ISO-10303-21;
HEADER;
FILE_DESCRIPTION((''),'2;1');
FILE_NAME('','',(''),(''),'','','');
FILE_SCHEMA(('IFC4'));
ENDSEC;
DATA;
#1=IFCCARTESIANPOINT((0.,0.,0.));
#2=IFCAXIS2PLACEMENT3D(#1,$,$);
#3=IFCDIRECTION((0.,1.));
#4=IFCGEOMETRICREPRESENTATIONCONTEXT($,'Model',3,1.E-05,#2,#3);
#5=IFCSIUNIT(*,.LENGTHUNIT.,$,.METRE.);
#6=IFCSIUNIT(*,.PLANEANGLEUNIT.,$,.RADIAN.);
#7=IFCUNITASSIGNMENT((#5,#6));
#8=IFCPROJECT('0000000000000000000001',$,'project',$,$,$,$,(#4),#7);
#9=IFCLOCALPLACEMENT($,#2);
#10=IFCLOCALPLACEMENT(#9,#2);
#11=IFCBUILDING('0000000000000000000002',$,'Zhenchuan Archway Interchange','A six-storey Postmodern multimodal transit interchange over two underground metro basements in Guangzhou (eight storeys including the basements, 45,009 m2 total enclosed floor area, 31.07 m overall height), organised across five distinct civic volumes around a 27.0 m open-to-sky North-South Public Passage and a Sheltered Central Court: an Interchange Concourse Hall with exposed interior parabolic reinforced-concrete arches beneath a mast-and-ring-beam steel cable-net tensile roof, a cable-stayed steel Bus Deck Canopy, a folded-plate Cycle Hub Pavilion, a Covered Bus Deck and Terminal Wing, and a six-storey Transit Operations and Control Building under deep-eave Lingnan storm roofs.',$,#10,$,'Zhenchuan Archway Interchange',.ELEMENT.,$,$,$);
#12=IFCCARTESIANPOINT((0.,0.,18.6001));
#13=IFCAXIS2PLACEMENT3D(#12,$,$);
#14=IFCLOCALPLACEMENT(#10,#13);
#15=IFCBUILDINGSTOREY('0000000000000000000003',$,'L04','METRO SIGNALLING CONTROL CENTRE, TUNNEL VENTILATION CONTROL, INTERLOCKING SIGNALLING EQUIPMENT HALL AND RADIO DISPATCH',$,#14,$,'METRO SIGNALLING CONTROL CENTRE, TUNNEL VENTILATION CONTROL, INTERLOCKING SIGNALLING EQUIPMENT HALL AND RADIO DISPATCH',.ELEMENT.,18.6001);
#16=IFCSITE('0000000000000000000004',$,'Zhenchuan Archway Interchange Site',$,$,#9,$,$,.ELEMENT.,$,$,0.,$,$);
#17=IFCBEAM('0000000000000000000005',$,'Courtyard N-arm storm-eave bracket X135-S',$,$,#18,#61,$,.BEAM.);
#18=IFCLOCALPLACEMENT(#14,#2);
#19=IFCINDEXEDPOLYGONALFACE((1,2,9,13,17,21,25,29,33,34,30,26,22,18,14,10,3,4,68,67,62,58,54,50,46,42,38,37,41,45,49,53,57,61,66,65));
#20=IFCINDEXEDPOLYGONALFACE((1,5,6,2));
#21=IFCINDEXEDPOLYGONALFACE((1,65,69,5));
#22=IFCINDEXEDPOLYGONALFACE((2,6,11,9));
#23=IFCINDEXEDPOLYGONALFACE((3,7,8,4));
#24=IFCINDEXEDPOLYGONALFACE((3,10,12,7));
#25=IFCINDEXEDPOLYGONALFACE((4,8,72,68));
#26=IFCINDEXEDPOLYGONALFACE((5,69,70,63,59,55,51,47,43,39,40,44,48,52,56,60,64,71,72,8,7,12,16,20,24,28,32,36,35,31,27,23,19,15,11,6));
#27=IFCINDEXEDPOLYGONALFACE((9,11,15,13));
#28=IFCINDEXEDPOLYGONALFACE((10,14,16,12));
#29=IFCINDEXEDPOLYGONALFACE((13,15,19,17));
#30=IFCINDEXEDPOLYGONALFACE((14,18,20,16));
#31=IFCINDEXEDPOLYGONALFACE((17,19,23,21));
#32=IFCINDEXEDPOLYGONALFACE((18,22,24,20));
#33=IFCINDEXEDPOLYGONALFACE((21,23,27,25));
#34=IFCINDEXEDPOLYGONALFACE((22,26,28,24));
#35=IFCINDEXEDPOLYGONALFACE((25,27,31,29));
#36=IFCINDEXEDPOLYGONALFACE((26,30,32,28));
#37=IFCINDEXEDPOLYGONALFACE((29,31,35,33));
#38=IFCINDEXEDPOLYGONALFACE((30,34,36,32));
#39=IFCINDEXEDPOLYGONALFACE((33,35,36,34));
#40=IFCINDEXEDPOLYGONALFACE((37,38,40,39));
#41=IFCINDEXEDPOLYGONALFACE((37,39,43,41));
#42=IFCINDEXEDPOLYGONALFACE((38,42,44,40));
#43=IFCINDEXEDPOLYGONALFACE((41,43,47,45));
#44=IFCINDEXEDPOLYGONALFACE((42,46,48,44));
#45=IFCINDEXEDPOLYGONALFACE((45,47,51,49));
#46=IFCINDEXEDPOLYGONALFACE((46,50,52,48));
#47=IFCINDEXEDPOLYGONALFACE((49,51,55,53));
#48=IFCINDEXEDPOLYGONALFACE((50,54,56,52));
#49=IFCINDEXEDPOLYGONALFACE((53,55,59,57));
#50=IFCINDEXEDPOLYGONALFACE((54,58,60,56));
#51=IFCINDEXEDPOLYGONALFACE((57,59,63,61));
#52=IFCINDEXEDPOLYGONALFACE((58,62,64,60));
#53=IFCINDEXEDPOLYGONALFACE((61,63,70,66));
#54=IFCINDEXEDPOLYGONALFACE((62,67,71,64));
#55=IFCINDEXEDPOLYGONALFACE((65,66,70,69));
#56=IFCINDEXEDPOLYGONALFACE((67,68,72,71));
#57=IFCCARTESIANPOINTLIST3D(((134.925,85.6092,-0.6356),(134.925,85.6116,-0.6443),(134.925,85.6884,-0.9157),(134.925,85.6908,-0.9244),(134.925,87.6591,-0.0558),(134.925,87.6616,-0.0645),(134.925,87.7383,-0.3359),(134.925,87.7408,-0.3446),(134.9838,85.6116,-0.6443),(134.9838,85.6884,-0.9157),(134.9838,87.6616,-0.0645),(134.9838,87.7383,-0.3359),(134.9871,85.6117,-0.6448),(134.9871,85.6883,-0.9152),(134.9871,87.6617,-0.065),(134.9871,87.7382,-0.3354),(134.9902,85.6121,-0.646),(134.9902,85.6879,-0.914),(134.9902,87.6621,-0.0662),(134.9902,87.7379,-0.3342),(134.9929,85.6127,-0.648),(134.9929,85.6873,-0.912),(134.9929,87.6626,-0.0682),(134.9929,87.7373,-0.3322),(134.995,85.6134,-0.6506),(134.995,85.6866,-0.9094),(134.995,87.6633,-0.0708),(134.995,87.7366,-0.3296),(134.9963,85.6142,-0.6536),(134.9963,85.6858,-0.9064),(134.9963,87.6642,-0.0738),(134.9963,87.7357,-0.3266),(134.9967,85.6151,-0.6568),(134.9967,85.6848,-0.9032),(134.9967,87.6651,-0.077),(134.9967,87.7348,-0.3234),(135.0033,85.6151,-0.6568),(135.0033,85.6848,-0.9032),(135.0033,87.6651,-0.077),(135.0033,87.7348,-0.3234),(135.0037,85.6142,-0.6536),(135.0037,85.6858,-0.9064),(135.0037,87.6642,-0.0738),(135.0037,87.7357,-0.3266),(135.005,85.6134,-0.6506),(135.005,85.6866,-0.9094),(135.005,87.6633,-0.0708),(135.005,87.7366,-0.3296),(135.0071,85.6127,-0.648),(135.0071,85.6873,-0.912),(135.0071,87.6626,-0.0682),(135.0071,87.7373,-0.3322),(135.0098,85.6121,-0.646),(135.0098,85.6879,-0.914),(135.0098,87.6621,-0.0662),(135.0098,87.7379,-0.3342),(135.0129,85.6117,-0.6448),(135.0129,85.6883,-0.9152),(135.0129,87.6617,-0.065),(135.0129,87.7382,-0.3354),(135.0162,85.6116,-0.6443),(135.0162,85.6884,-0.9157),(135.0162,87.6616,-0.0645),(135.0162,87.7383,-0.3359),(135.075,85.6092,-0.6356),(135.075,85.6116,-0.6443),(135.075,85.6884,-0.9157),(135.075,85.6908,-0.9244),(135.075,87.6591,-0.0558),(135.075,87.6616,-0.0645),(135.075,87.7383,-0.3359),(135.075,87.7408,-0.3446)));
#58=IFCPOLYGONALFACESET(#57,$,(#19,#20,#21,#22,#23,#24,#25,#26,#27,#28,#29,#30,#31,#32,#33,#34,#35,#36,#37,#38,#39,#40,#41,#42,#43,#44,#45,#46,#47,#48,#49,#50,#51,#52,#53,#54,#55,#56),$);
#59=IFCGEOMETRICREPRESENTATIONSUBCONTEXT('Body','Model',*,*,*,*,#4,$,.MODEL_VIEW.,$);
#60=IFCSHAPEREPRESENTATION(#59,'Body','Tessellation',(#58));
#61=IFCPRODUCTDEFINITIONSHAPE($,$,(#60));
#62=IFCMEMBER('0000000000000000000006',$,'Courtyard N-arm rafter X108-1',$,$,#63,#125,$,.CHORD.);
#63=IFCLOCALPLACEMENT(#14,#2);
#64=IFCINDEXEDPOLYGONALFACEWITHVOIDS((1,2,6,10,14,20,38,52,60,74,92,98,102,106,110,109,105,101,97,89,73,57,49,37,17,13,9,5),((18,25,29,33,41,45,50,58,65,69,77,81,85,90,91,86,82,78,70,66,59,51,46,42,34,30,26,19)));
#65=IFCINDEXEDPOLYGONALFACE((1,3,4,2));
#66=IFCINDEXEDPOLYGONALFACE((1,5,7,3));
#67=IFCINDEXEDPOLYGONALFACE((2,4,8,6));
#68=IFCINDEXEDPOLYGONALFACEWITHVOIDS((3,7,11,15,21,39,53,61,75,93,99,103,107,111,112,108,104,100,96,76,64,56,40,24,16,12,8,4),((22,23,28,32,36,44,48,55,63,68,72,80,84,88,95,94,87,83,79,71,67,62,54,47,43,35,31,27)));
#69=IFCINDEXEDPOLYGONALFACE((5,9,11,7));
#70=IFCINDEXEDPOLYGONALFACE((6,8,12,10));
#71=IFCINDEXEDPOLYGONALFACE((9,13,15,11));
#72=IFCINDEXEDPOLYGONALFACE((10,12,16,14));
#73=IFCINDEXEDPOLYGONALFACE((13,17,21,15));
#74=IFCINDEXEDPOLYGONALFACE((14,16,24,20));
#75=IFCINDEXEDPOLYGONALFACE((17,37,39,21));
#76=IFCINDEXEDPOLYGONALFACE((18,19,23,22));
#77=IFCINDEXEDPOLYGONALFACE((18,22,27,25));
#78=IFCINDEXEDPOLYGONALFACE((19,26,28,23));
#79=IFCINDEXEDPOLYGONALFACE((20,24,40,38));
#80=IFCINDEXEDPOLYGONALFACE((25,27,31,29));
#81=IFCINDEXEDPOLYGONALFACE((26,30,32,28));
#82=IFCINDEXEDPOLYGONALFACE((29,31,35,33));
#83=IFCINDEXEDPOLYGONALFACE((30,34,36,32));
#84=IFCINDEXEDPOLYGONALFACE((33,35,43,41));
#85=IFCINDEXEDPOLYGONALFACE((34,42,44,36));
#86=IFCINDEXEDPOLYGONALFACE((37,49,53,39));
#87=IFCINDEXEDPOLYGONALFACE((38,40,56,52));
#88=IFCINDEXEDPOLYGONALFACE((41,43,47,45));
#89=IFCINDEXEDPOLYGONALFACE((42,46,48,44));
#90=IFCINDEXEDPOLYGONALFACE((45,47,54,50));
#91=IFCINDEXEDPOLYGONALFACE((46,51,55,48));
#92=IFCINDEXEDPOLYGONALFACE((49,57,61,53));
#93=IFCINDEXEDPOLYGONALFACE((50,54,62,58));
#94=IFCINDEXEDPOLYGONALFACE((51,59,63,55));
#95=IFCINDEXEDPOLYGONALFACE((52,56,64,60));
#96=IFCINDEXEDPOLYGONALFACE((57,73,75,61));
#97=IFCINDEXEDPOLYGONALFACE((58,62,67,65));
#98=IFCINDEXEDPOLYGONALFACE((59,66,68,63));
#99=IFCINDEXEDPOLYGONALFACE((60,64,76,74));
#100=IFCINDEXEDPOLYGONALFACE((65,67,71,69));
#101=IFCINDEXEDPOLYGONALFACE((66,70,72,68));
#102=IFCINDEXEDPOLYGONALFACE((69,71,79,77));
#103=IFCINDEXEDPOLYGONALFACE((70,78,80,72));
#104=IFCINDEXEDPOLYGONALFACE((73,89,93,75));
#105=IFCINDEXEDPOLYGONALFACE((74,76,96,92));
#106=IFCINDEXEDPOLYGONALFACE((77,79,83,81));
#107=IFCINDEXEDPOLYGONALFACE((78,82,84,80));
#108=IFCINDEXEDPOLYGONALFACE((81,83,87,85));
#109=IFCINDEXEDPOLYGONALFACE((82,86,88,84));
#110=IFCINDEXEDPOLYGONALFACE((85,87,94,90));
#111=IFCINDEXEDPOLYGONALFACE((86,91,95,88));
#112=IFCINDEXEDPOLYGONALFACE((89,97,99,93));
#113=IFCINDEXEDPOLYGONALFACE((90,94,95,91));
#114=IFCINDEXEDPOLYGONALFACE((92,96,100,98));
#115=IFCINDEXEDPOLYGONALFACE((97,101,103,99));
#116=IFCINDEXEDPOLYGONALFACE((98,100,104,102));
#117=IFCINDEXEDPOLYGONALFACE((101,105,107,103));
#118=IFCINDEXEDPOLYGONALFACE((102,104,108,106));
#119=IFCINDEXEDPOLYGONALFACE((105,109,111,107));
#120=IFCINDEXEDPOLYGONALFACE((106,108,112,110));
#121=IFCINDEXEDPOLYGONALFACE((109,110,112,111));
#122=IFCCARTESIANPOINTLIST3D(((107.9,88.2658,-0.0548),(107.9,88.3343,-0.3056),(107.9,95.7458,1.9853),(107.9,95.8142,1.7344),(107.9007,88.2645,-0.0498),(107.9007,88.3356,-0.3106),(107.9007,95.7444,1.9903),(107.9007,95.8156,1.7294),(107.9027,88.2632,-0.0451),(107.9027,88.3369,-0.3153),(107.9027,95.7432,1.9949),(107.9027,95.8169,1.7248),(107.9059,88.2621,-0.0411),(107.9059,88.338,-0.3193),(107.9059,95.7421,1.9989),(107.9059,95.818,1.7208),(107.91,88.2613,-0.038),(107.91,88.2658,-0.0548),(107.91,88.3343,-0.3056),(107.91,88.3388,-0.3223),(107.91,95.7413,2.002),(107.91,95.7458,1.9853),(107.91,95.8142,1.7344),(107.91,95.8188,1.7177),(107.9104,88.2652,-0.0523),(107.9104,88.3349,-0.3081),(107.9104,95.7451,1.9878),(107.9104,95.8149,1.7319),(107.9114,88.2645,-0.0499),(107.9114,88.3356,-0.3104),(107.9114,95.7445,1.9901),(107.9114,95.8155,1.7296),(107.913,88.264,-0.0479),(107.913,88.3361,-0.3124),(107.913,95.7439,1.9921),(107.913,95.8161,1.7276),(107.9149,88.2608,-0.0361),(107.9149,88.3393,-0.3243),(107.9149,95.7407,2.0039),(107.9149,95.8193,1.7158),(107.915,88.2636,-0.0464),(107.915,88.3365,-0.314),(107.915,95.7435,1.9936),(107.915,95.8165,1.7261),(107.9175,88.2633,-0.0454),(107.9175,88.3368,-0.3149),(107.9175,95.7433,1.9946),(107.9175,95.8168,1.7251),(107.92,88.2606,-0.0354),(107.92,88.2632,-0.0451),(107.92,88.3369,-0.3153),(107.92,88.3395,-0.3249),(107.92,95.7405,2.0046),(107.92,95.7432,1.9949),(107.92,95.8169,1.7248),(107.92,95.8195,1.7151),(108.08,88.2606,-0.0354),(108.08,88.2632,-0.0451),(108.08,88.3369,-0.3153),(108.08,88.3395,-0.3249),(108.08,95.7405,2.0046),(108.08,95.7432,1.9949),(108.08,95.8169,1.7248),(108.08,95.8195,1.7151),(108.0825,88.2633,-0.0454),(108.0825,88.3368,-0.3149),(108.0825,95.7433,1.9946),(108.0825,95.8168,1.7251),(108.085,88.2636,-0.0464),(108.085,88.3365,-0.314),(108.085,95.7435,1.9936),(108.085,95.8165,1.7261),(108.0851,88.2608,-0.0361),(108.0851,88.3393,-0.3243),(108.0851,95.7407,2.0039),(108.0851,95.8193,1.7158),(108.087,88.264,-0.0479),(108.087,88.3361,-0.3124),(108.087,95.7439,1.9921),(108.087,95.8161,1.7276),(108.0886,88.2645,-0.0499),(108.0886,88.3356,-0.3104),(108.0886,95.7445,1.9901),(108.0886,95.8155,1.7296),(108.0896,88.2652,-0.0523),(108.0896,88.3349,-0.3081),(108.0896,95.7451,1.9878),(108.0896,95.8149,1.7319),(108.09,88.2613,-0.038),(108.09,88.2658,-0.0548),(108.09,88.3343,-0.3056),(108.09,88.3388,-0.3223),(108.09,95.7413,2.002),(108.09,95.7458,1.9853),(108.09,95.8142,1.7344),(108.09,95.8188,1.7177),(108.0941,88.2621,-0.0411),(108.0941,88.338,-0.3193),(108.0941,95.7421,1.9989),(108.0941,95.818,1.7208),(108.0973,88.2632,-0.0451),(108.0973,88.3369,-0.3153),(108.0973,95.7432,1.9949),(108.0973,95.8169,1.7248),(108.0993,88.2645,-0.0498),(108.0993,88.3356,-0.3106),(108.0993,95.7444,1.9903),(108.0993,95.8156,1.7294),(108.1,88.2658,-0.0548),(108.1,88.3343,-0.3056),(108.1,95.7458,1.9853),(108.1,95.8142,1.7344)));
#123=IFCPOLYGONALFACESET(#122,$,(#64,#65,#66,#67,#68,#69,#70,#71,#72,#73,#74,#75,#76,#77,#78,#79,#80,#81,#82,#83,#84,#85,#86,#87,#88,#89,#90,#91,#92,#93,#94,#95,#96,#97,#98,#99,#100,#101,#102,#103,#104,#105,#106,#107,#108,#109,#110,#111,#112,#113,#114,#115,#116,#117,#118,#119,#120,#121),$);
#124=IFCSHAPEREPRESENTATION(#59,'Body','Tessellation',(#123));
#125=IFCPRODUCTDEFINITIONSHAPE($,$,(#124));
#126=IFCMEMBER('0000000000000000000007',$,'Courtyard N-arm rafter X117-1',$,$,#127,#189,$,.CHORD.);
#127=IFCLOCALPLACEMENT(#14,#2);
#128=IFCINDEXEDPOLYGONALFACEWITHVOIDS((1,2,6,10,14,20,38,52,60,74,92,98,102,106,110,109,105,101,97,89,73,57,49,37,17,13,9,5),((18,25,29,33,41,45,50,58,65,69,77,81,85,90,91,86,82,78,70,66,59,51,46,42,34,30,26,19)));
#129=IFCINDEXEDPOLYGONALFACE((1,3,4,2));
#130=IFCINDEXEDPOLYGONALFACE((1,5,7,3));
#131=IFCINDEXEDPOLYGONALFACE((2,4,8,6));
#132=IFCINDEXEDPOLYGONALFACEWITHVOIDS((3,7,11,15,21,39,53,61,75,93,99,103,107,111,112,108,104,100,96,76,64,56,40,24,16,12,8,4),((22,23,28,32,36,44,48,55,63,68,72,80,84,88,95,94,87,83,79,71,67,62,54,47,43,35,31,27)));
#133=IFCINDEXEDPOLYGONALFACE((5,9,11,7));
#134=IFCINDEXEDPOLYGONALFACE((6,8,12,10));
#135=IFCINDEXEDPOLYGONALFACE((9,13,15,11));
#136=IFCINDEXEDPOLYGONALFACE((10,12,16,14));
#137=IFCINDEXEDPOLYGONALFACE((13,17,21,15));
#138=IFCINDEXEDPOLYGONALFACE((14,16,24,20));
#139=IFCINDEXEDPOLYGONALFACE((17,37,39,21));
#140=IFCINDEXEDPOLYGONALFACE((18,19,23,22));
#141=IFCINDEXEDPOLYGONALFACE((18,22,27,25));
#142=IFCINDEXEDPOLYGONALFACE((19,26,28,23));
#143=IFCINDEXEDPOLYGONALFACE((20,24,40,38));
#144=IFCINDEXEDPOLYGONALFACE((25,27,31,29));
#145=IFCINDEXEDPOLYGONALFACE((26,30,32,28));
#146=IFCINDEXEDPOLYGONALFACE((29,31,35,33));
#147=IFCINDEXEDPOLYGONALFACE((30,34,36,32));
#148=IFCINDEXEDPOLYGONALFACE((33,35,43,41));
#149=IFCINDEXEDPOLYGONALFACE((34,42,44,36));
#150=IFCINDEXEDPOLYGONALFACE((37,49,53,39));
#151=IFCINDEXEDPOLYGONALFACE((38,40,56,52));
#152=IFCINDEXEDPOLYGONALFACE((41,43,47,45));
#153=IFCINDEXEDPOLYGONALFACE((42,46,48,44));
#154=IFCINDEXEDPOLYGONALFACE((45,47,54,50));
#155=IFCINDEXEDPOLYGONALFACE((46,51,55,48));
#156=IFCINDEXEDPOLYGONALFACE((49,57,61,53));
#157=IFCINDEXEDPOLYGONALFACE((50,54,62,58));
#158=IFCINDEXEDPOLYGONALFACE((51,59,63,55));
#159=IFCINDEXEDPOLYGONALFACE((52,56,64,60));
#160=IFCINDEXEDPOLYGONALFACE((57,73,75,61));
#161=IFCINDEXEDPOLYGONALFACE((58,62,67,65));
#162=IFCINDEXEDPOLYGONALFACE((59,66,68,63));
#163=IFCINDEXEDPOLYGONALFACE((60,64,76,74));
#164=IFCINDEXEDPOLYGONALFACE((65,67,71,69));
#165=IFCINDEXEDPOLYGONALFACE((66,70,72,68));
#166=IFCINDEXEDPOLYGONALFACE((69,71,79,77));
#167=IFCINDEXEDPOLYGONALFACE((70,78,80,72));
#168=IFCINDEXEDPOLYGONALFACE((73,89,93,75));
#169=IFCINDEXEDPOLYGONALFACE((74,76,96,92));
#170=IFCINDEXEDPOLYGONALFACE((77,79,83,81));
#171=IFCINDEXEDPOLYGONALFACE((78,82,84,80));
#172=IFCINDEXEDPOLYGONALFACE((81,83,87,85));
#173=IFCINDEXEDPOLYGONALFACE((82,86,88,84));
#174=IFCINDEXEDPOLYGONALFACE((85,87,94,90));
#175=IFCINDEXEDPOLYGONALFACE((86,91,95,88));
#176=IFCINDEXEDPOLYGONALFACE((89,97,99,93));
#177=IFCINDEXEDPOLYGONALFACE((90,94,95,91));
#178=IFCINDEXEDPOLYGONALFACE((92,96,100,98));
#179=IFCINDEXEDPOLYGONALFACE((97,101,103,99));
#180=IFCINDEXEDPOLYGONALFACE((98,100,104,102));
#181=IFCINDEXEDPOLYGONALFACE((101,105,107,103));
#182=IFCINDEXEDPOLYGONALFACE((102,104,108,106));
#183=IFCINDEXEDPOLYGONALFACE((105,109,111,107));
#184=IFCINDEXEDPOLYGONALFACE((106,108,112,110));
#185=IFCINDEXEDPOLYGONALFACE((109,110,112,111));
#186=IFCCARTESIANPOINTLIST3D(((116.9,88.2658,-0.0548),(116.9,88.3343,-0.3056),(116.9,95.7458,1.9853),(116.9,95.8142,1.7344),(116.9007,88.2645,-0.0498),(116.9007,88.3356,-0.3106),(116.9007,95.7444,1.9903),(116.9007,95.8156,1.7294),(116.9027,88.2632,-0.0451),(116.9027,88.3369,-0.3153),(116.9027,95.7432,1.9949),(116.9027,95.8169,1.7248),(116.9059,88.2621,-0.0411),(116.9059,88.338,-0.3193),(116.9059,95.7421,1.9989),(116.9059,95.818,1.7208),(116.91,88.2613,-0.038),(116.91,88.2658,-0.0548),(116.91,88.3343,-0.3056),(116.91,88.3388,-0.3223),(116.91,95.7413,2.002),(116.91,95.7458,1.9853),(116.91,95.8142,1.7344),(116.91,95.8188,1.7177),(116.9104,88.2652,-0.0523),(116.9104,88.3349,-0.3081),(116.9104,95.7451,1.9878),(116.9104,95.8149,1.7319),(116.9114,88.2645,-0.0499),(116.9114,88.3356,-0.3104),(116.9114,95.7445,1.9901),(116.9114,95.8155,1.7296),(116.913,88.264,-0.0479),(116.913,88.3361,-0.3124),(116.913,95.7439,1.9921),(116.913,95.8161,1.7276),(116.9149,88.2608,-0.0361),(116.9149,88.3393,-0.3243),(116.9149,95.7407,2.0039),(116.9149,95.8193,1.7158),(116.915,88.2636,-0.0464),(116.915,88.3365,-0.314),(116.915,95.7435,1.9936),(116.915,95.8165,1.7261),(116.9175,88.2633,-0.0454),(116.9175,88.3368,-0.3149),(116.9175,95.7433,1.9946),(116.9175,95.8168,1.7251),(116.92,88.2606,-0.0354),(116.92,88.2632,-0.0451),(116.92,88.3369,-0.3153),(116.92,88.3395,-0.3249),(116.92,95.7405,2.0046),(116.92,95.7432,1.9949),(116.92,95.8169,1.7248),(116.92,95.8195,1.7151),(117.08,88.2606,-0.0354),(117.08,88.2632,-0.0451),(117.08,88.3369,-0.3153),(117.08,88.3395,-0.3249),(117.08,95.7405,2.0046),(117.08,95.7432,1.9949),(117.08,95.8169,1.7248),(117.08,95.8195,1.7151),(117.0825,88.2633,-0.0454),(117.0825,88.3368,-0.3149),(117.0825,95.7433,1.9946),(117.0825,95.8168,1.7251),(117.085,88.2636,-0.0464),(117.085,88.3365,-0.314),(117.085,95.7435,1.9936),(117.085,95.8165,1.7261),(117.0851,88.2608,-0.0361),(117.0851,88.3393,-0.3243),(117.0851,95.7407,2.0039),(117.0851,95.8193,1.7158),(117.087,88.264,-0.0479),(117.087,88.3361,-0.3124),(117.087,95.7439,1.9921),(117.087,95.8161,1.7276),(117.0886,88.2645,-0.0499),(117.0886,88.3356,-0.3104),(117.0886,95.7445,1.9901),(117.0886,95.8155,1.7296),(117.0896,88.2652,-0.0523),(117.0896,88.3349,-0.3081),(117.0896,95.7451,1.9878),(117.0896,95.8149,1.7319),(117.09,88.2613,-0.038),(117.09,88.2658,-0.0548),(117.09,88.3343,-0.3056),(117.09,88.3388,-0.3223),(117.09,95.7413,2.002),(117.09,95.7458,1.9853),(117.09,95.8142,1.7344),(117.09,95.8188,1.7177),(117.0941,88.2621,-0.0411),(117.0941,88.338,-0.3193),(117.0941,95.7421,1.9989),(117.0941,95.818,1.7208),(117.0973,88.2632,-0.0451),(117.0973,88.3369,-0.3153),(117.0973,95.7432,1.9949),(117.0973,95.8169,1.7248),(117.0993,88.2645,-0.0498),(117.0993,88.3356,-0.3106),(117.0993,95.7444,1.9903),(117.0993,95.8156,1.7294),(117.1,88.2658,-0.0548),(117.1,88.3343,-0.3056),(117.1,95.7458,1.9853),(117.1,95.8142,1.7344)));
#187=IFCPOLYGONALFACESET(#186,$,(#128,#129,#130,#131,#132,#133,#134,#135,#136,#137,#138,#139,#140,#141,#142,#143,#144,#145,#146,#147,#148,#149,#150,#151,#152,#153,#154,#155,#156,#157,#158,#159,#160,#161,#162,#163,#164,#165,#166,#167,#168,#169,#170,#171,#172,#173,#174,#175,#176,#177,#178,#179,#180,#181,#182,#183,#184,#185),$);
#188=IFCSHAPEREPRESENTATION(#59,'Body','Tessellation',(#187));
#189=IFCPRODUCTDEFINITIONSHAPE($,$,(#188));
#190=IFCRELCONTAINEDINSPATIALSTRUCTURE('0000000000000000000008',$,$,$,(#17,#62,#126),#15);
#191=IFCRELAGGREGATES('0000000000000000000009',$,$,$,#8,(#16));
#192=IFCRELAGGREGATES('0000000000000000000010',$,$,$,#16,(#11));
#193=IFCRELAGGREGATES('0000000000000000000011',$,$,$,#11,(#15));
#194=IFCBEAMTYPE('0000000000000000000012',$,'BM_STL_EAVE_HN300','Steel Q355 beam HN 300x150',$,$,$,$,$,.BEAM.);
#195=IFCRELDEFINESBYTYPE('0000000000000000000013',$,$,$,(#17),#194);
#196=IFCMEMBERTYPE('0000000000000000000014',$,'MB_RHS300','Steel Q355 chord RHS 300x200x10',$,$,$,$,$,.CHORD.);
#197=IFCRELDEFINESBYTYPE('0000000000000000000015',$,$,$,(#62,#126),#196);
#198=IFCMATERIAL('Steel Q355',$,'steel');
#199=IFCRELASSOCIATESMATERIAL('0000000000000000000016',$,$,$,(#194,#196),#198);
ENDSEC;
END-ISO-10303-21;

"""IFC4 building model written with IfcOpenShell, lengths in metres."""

from ifc_helpers import new_model, si_unit, direction, frame, origin, origin_2d, place, context, subcontext, project, spatial, hollow_rectangle, i_section, extrude, material, material_profile, profile_set, type_object, element, save


model = new_model("IFC4")

# Units and contexts
model_context = context("Model", 3, precision=1e-05, world=origin(), true_north=direction((0.0, 1.0)))
body_context = subcontext(model_context, "Body", "Model", "MODEL_VIEW")
ifc_project = project(units=[si_unit("LENGTHUNIT", "METRE"), si_unit("PLANEANGLEUNIT", "RADIAN")], contexts=[model_context])

# Site, building, storey
site_placement = place(None, origin())
site = spatial("IfcSite", under=ifc_project, at=site_placement, Name="Zhenchuan Archway Interchange Site", CompositionType="ELEMENT", RefElevation=0.0)
building_placement = place(site_placement, origin())
building = spatial("IfcBuilding", under=site, at=building_placement, Name="Zhenchuan Archway Interchange", Description="A six-storey Postmodern multimodal transit interchange over two underground metro basements in Guangzhou (eight storeys including the basements, 45,009 m2 total enclosed floor area, 31.07 m overall height), organised across five distinct civic volumes around a 27.0 m open-to-sky North-South Public Passage and a Sheltered Central Court: an Interchange Concourse Hall with exposed interior parabolic reinforced-concrete arches beneath a mast-and-ring-beam steel cable-net tensile roof, a cable-stayed steel Bus Deck Canopy, a folded-plate Cycle Hub Pavilion, a Covered Bus Deck and Terminal Wing, and a six-storey Transit Operations and Control Building under deep-eave Lingnan storm roofs.", LongName="Zhenchuan Archway Interchange", CompositionType="ELEMENT")
storey_placement = place(building_placement, frame((0.0, 0.0, 18.6001)))
storey = spatial("IfcBuildingStorey", under=building, at=storey_placement, Name="L04", Description="METRO SIGNALLING CONTROL CENTRE, TUNNEL VENTILATION CONTROL, INTERLOCKING SIGNALLING EQUIPMENT HALL AND RADIO DISPATCH", LongName="METRO SIGNALLING CONTROL CENTRE, TUNNEL VENTILATION CONTROL, INTERLOCKING SIGNALLING EQUIPMENT HALL AND RADIO DISPATCH", CompositionType="ELEMENT", Elevation=18.6001)

# Beam
ifc_material_1 = material(Name="Steel Q355", Category="steel")
ifc_material_profile_1 = material_profile(ifc_material_1, i_section(OverallWidth=0.1499, OverallDepth=0.3, WebThickness=0.0066, FlangeThickness=0.009, FilletRadius=0.0129, at=origin_2d()), Name="HN 300x150")
ifc_profile_set_1 = profile_set([ifc_material_profile_1], Name="Steel Q355")
beam_type_1 = type_object("IfcBeamType", Name="BM_STL_EAVE_HN300", Description="Steel Q355 beam HN 300x150", PredefinedType="BEAM", material=ifc_profile_set_1)
for number, where, z_axis, x_axis, name in (
    (1, (135.0, 87.7, -0.2002), (0.0, -0.962251, -0.272162), (1.0, 0.0, 0.0), "Courtyard N-arm storm-eave bracket X135-S"),
):
    element("IfcBeam", number, at=place(storey_placement, frame(where, z_axis=z_axis, x_axis=x_axis)), inside=storey, type_object=beam_type_1, Name=name, PredefinedType="BEAM", context=body_context, shape_type="SweptSolid", body=[
        extrude(i_section(OverallWidth=0.1499, OverallDepth=0.3, WebThickness=0.0066, FlangeThickness=0.009, FilletRadius=0.0129, at=origin_2d()), origin(), (0.0, 0.0, 1.0), 2.1304),
    ])

# Members
ifc_material_profile_2 = material_profile(ifc_material_1, hollow_rectangle(XDim=0.2, YDim=0.3, WallThickness=0.01, InnerFilletRadius=0.01, OuterFilletRadius=0.02, at=origin_2d()), Name="RHS 300x200x10")
ifc_profile_set_2 = profile_set([ifc_material_profile_2], Name="Steel Q355")
member_type = type_object("IfcMemberType", Name="MB_RHS300", Description="Steel Q355 chord RHS 300x200x10", PredefinedType="CHORD", material=ifc_profile_set_2)
for number, where, z_axis, x_axis, name in (
    (2, (108.0, 88.3, -0.1802), (0.0, 0.964762, 0.263123), (-1.0, 0.0, 0.0), "Courtyard N-arm rafter X108-1"),
    (3, (117.0, 88.3, -0.1802), (0.0, 0.964762, 0.263123), (-1.0, 0.0, 0.0), "Courtyard N-arm rafter X117-1"),
):
    element("IfcMember", number, at=place(storey_placement, frame(where, z_axis=z_axis, x_axis=x_axis)), inside=storey, type_object=member_type, Name=name, PredefinedType="CHORD", context=body_context, shape_type="SweptSolid", body=[
        extrude(hollow_rectangle(XDim=0.2, YDim=0.3, WallThickness=0.01, InnerFilletRadius=0.01, OuterFilletRadius=0.02, at=origin_2d()), origin(), (0.0, 0.0, 1.0), 7.7532),
    ])

save(model, "model.ifc")
